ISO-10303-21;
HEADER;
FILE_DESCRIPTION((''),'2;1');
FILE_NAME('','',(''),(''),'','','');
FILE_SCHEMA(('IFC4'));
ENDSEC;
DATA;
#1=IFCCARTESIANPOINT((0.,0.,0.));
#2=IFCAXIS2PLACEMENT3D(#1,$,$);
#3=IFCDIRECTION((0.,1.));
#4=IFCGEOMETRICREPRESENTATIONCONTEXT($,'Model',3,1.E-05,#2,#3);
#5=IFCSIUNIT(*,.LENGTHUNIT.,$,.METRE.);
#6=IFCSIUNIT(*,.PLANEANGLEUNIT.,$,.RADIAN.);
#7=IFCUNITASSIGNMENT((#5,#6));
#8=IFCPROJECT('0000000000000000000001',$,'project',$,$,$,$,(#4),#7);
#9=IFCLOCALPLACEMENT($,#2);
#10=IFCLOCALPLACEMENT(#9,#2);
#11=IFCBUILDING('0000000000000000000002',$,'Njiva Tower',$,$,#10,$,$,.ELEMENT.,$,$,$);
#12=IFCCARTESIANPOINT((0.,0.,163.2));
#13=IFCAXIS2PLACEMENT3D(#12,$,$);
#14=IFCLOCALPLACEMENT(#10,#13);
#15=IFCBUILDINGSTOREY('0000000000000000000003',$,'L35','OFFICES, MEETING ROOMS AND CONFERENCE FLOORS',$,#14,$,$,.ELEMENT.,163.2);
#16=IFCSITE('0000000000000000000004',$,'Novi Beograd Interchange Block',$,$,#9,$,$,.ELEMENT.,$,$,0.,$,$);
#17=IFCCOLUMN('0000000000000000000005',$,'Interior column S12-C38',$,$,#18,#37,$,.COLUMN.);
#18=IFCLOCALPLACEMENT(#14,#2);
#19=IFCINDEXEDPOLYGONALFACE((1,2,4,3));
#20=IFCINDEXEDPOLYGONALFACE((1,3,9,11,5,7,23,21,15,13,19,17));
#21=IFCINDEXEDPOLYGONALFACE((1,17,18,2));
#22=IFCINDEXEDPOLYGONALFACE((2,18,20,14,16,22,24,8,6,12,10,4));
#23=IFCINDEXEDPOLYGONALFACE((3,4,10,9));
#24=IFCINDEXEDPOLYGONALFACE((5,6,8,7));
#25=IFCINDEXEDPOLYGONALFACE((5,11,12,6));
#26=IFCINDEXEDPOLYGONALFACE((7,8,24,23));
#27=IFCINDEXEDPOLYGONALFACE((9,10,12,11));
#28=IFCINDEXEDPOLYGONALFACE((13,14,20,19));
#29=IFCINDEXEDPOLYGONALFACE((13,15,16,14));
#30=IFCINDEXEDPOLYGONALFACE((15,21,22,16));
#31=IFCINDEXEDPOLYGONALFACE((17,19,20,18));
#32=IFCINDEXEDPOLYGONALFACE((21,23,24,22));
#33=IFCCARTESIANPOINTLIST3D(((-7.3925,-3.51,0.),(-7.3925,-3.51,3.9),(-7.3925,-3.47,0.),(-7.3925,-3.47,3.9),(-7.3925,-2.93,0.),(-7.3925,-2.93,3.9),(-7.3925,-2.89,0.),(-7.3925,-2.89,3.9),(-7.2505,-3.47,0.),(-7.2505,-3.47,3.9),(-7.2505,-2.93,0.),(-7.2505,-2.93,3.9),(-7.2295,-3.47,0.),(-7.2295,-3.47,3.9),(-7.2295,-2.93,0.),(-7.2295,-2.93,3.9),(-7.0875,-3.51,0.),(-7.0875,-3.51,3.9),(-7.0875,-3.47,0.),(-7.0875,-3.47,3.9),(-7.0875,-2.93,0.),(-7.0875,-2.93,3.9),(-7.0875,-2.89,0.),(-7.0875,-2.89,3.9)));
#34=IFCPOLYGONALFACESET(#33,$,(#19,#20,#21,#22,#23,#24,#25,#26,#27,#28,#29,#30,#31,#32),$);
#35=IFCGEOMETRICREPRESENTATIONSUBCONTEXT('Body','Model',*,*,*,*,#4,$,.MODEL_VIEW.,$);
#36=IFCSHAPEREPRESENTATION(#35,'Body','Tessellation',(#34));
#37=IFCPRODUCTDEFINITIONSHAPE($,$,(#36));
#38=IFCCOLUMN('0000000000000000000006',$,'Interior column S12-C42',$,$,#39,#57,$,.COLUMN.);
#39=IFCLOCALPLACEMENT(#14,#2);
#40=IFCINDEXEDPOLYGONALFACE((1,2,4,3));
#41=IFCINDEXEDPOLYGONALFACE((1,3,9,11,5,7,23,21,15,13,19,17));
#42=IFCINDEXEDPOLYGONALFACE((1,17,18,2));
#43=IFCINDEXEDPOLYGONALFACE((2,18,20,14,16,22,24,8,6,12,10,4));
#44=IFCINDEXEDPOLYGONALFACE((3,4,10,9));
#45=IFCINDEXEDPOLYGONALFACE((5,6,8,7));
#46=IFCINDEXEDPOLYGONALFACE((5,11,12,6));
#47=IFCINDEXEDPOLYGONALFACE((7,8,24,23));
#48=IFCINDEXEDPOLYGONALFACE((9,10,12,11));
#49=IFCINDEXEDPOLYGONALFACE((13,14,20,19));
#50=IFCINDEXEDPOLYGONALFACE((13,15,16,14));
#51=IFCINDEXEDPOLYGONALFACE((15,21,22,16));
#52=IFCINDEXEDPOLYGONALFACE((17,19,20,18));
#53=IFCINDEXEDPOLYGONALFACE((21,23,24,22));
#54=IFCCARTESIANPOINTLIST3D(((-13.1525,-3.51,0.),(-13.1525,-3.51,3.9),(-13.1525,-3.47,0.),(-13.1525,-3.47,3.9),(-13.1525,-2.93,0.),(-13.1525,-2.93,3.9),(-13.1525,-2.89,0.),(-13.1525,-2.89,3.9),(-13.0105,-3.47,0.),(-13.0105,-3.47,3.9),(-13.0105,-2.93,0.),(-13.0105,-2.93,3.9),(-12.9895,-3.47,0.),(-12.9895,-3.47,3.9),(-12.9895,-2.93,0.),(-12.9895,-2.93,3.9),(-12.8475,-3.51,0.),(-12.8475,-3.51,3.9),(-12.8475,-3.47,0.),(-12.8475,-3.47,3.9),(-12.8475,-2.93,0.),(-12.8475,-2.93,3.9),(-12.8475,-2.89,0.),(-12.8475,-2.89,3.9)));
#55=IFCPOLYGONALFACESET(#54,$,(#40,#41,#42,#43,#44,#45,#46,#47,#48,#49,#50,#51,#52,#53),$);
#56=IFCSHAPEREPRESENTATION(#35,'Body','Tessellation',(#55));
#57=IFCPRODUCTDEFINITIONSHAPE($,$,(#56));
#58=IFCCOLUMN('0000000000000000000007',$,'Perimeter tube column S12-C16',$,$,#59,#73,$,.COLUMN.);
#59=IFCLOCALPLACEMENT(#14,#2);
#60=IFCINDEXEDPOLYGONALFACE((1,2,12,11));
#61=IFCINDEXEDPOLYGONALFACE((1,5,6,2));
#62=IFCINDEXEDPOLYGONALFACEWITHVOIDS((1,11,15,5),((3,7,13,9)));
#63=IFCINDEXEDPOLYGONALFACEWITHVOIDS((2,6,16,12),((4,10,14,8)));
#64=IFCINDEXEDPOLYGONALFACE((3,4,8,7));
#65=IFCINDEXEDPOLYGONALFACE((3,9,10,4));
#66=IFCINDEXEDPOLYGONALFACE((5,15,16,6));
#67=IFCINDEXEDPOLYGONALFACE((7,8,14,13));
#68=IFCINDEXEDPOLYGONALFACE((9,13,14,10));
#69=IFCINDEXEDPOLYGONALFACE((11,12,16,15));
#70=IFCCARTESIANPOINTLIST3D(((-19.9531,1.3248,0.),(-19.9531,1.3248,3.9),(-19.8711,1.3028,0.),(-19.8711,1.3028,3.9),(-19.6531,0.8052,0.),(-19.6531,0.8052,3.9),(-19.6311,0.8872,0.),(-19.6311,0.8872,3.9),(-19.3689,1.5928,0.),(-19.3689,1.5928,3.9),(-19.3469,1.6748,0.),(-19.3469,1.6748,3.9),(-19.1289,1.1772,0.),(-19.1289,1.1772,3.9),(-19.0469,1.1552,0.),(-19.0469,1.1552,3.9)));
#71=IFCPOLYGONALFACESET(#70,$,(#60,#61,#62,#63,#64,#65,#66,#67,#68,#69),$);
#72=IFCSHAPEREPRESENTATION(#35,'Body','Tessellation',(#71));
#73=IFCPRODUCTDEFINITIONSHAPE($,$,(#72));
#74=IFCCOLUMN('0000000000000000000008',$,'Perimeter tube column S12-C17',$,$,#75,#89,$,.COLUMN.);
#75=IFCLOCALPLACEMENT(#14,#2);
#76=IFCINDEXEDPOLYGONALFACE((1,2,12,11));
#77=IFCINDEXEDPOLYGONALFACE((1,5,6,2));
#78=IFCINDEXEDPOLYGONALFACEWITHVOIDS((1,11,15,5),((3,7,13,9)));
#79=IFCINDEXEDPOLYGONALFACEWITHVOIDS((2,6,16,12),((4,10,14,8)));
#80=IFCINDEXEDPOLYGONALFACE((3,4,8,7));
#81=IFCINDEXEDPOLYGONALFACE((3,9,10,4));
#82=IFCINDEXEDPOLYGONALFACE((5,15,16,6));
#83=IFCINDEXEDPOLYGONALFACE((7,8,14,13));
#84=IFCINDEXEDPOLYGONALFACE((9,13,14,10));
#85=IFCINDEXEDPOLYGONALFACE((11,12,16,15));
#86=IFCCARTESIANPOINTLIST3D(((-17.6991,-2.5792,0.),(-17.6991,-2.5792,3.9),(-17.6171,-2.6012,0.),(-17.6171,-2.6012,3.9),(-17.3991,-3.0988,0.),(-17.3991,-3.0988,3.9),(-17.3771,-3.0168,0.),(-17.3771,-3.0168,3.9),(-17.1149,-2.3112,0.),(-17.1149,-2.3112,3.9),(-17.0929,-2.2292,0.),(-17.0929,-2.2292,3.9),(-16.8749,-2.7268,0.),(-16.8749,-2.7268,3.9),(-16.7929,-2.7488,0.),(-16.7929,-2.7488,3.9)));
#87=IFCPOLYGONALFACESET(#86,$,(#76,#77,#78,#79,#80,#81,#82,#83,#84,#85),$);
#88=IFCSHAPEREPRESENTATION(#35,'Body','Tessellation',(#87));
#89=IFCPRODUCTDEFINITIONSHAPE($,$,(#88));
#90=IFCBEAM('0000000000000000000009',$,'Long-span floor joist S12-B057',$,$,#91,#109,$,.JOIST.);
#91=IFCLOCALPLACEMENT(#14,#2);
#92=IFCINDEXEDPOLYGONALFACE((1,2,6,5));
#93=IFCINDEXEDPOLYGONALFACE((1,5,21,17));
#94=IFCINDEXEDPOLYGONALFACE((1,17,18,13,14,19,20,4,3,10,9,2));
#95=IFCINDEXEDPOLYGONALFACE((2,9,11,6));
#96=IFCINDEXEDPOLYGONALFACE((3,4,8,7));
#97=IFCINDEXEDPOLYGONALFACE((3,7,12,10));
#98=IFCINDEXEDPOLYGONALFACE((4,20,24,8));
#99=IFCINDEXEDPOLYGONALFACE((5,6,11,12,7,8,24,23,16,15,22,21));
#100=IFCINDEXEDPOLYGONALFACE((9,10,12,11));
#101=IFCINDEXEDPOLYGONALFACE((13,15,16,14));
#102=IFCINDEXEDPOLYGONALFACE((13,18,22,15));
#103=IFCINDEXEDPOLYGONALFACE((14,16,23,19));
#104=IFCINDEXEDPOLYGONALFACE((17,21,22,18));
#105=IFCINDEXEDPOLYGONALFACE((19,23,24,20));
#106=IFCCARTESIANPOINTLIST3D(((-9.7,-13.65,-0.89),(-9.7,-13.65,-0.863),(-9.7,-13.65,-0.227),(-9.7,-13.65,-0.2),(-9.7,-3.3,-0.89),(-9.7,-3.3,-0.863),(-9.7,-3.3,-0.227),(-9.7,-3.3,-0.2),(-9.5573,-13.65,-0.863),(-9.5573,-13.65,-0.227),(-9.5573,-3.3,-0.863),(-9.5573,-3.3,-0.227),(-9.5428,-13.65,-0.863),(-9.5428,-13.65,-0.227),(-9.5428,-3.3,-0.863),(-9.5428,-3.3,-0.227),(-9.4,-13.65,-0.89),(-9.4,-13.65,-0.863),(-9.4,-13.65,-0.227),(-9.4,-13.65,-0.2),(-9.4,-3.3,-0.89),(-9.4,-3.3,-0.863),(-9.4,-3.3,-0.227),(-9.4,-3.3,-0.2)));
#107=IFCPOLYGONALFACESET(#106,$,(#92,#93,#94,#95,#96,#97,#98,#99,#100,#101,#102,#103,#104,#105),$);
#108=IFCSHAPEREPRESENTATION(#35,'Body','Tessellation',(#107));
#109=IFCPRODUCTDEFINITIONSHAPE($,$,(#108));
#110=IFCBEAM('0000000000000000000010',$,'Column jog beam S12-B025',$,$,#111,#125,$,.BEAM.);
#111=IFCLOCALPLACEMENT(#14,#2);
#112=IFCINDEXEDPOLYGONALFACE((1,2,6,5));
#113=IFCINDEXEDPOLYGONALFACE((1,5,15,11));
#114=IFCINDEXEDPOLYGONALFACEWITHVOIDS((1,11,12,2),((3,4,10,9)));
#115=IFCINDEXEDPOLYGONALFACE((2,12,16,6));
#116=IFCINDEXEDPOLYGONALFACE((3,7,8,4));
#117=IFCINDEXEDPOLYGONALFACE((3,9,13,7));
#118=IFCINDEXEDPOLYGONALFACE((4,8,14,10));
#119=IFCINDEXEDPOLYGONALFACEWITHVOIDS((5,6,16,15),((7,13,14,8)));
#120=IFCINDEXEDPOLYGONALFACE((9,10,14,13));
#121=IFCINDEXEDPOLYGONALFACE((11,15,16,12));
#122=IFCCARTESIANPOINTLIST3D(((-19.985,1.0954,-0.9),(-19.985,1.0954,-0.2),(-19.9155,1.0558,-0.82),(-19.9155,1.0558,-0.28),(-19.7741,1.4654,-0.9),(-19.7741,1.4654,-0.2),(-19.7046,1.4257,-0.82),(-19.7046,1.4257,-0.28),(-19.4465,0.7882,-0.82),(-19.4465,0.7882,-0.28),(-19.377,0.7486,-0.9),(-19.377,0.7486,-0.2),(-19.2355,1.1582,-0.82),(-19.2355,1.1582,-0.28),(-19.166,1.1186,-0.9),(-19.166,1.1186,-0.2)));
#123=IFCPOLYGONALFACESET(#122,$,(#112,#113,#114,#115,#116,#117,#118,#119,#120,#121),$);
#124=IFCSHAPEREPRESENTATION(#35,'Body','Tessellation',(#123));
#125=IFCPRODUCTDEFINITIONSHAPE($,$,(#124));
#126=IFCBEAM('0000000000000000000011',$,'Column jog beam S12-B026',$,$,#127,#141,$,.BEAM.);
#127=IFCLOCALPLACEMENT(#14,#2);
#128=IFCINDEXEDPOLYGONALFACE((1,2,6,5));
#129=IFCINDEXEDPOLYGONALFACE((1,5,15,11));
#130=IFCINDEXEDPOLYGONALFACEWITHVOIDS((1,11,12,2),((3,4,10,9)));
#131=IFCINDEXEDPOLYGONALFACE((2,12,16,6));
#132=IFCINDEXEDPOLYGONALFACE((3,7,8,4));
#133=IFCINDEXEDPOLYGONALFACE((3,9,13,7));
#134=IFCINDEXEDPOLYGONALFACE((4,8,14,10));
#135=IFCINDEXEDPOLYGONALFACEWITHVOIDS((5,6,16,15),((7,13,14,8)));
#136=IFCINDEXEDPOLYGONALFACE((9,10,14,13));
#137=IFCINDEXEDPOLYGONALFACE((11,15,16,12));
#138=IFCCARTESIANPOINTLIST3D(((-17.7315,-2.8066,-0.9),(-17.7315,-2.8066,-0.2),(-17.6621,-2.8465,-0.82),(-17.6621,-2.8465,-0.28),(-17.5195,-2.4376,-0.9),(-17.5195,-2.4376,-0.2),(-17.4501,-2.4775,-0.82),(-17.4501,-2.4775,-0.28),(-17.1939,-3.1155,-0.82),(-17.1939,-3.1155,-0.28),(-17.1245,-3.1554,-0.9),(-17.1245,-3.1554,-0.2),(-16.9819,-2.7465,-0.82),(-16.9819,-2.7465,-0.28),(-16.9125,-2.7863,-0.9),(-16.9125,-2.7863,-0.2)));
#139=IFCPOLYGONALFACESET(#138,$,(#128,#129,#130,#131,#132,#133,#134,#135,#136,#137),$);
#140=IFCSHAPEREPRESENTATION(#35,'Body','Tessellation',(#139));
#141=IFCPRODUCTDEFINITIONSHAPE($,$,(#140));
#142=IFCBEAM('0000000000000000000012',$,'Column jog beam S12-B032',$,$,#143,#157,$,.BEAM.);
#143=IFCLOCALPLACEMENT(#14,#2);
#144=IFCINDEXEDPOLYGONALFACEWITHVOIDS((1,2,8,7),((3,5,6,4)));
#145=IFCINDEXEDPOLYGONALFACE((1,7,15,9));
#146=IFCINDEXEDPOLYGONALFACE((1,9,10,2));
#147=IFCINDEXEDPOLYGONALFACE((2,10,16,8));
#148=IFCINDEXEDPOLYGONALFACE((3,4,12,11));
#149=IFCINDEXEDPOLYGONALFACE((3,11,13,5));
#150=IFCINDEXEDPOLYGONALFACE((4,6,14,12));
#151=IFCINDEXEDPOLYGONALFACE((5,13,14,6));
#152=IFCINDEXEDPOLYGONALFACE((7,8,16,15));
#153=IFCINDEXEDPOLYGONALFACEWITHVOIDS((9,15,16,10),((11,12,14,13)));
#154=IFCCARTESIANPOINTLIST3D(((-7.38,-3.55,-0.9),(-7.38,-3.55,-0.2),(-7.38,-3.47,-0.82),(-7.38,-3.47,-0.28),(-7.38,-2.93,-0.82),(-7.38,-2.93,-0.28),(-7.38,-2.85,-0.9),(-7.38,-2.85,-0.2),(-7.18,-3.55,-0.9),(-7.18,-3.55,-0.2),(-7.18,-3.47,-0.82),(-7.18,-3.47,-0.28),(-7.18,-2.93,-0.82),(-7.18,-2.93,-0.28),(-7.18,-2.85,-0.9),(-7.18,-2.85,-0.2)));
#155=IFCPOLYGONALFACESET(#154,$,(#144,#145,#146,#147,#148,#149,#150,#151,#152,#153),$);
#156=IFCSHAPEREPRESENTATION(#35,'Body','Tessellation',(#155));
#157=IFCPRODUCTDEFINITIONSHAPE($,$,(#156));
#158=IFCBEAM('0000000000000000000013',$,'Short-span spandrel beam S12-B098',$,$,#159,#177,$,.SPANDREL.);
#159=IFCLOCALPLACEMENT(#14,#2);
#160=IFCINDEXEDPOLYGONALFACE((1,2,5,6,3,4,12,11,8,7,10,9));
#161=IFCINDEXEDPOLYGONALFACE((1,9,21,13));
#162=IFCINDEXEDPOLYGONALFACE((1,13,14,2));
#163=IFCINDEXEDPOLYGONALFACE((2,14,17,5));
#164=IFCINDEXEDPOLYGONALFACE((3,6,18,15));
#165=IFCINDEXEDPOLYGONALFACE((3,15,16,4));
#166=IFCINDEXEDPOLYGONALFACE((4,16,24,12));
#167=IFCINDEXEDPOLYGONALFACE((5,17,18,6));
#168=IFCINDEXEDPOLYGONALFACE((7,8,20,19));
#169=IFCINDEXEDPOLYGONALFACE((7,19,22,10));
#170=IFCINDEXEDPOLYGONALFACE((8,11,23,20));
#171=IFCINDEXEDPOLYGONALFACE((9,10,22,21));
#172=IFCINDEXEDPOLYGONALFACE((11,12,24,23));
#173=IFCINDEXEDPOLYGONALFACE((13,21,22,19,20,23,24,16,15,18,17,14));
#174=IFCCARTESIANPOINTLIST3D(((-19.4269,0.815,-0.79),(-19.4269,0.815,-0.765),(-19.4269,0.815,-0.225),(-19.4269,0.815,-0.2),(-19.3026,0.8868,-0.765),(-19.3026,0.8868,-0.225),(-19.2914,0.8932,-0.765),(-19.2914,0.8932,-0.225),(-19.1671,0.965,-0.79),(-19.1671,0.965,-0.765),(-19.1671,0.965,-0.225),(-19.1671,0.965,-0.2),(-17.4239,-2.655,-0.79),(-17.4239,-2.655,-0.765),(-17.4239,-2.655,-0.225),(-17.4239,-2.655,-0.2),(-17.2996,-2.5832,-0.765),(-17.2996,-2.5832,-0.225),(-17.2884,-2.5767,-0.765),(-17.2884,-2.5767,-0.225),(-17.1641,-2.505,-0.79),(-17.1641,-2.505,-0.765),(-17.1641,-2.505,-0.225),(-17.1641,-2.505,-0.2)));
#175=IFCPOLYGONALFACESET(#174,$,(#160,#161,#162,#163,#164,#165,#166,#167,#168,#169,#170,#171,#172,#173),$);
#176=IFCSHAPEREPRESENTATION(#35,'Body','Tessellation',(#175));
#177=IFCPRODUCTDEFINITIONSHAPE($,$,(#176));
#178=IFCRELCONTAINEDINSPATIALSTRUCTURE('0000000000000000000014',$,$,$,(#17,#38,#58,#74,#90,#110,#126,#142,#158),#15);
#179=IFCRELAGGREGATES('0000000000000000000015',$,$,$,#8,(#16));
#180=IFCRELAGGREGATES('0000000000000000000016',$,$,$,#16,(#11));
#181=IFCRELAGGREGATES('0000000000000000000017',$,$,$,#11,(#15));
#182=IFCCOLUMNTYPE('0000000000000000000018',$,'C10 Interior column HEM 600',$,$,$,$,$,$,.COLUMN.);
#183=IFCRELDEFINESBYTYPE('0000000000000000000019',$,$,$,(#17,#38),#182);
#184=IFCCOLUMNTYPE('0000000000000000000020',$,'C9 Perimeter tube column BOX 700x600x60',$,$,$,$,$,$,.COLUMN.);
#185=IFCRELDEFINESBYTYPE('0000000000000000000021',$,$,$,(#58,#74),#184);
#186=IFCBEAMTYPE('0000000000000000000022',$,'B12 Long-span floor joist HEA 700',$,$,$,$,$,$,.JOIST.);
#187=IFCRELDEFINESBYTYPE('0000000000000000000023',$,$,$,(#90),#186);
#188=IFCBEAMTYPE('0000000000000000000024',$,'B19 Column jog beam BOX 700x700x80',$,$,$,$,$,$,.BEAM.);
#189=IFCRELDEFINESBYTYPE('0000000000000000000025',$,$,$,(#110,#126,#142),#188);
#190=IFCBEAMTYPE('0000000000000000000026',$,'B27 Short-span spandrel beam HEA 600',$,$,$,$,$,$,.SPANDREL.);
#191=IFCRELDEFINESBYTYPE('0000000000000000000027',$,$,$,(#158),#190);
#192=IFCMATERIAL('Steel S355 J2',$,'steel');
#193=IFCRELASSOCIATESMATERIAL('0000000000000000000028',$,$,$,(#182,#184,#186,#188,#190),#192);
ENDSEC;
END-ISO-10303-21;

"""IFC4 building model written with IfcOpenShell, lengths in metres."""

from ifc_helpers import new_model, si_unit, direction, frame, origin, origin_2d, place, context, subcontext, project, spatial, hollow_rectangle, i_section, extrude, material, material_profile, profile_set, type_object, element, save


model = new_model("IFC4")

# Units and contexts
model_context = context("Model", 3, precision=1e-05, world=origin(), true_north=direction((0.0, 1.0)))
body_context = subcontext(model_context, "Body", "Model", "MODEL_VIEW")
ifc_project = project(units=[si_unit("LENGTHUNIT", "METRE"), si_unit("PLANEANGLEUNIT", "RADIAN")], contexts=[model_context])

# Site, building, storey
site_placement = place(None, origin())
site = spatial("IfcSite", under=ifc_project, at=site_placement, Name="Novi Beograd Interchange Block", CompositionType="ELEMENT", RefElevation=0.0)
building_placement = place(site_placement, origin())
building = spatial("IfcBuilding", under=site, at=building_placement, Name="Njiva Tower", CompositionType="ELEMENT")
storey_placement = place(building_placement, frame((0.0, 0.0, 163.2)))
storey = spatial("IfcBuildingStorey", under=building, at=storey_placement, Name="L35", Description="OFFICES, MEETING ROOMS AND CONFERENCE FLOORS", CompositionType="ELEMENT", Elevation=163.2)

# Columns
ifc_material_1 = material(Name="Steel S355 J2", Category="steel")
ifc_material_profile_1 = material_profile(ifc_material_1, i_section(OverallWidth=0.305, OverallDepth=0.62, WebThickness=0.021, FlangeThickness=0.04, at=origin_2d()), Name="HEM 600")
ifc_profile_set_1 = profile_set([ifc_material_profile_1], Name="Steel S355 J2")
column_type_1 = type_object("IfcColumnType", Name="C10 Interior column HEM 600", PredefinedType="COLUMN", material=ifc_profile_set_1)
for number, where, z_axis, x_axis, name in (
    (1, (-7.24, -3.2, 0.0), (0.0, 0.0, 1.0), (1.0, 0.0, 0.0), "Interior column S12-C38"),
    (2, (-13.0, -3.2, 0.0), (0.0, 0.0, 1.0), (1.0, 0.0, 0.0), "Interior column S12-C42"),
):
    element("IfcColumn", number, at=place(storey_placement, frame(where, z_axis=z_axis, x_axis=x_axis)), inside=storey, type_object=column_type_1, Name=name, PredefinedType="COLUMN", context=body_context, shape_type="SweptSolid", body=[
        extrude(i_section(OverallWidth=0.305, OverallDepth=0.62, WebThickness=0.021, FlangeThickness=0.04, at=origin_2d()), origin(), (0.0, 0.0, 1.0), 3.9),
    ])
ifc_material_profile_2 = material_profile(ifc_material_1, hollow_rectangle(XDim=0.6, YDim=0.7, WallThickness=0.06, at=origin_2d()), Name="BOX 700x600x60")
ifc_profile_set_2 = profile_set([ifc_material_profile_2], Name="Steel S355 J2")
column_type_2 = type_object("IfcColumnType", Name="C9 Perimeter tube column BOX 700x600x60", PredefinedType="COLUMN", material=ifc_profile_set_2)
for number, where, z_axis, x_axis, name in (
    (3, (-19.5, 1.24, 0.0), (0.0, 0.0, 1.0), (0.5, -0.866025, 0.0), "Perimeter tube column S12-C16"),
    (4, (-17.246, -2.664, 0.0), (0.0, 0.0, 1.0), (0.5, -0.866025, 0.0), "Perimeter tube column S12-C17"),
):
    element("IfcColumn", number, at=place(storey_placement, frame(where, z_axis=z_axis, x_axis=x_axis)), inside=storey, type_object=column_type_2, Name=name, PredefinedType="COLUMN", context=body_context, shape_type="SweptSolid", body=[
        extrude(hollow_rectangle(XDim=0.6, YDim=0.7, WallThickness=0.06, at=origin_2d()), origin(), (0.0, 0.0, 1.0), 3.9),
    ])

# Beams
ifc_material_profile_3 = material_profile(ifc_material_1, i_section(OverallWidth=0.3, OverallDepth=0.69, WebThickness=0.0145, FlangeThickness=0.027, at=origin_2d()), Name="HEA 700")
ifc_profile_set_3 = profile_set([ifc_material_profile_3], Name="Steel S355 J2")
beam_type_1 = type_object("IfcBeamType", Name="B12 Long-span floor joist HEA 700", PredefinedType="JOIST", material=ifc_profile_set_3)
beam_1_placement = place(storey_placement, frame((-9.55, -3.3, -0.545), z_axis=(0.0, -1.0, 0.0), x_axis=(1.0, 0.0, 0.0)))
element("IfcBeam", 5, at=beam_1_placement, inside=storey, type_object=beam_type_1, Name="Long-span floor joist S12-B057", PredefinedType="JOIST", context=body_context, shape_type="SweptSolid", body=[
    extrude(i_section(OverallWidth=0.3, OverallDepth=0.69, WebThickness=0.0145, FlangeThickness=0.027, at=origin_2d()), origin(), (0.0, 0.0, 1.0), 10.35),
])
ifc_material_profile_4 = material_profile(ifc_material_1, hollow_rectangle(XDim=0.7, YDim=0.7, WallThickness=0.08, at=origin_2d()), Name="BOX 700x700x80")
ifc_profile_set_4 = profile_set([ifc_material_profile_4], Name="Steel S355 J2")
beam_type_2 = type_object("IfcBeamType", Name="B19 Column jog beam BOX 700x700x80", PredefinedType="BEAM", material=ifc_profile_set_4)
beam_2_placement = place(storey_placement, frame((-19.681, 0.922, -0.55), z_axis=(0.49538, 0.868676, 0.0), x_axis=(-0.868676, 0.49538, 0.0)))
element("IfcBeam", 6, at=beam_2_placement, inside=storey, type_object=beam_type_2, Name="Column jog beam S12-B025", PredefinedType="BEAM", context=body_context, shape_type="SweptSolid", body=[
    extrude(hollow_rectangle(XDim=0.7, YDim=0.7, WallThickness=0.08, at=origin_2d()), origin(), (0.0, 0.0, 1.0), 0.4259),
])
beam_3_placement = place(storey_placement, frame((-17.428, -2.981, -0.55), z_axis=(0.498162, 0.867084, 0.0), x_axis=(-0.867084, 0.498162, 0.0)))
element("IfcBeam", 7, at=beam_3_placement, inside=storey, type_object=beam_type_2, Name="Column jog beam S12-B026", PredefinedType="BEAM", context=body_context, shape_type="SweptSolid", body=[
    extrude(hollow_rectangle(XDim=0.7, YDim=0.7, WallThickness=0.08, at=origin_2d()), origin(), (0.0, 0.0, 1.0), 0.4256),
])
beam_4_placement = place(storey_placement, frame((-7.38, -3.2, -0.55), z_axis=(1.0, 0.0, 0.0), x_axis=(0.0, 1.0, 0.0)))
element("IfcBeam", 8, at=beam_4_placement, inside=storey, type_object=beam_type_2, Name="Column jog beam S12-B032", PredefinedType="BEAM", context=body_context, shape_type="SweptSolid", body=[
    extrude(hollow_rectangle(XDim=0.7, YDim=0.7, WallThickness=0.08, at=origin_2d()), origin(), (0.0, 0.0, 1.0), 0.2),
])
ifc_material_profile_5 = material_profile(ifc_material_1, i_section(OverallWidth=0.3, OverallDepth=0.59, WebThickness=0.013, FlangeThickness=0.025, at=origin_2d()), Name="HEA 600")
ifc_profile_set_5 = profile_set([ifc_material_profile_5], Name="Steel S355 J2")
beam_type_3 = type_object("IfcBeamType", Name="B27 Short-span spandrel beam HEA 600", PredefinedType="SPANDREL", material=ifc_profile_set_5)
beam_5_placement = place(storey_placement, frame((-19.297, 0.89, -0.495), z_axis=(0.499924, -0.866069, 0.0), x_axis=(0.866069, 0.499924, 0.0)))
element("IfcBeam", 9, at=beam_5_placement, inside=storey, type_object=beam_type_3, Name="Short-span spandrel beam S12-B098", PredefinedType="SPANDREL", context=body_context, shape_type="SweptSolid", body=[
    extrude(i_section(OverallWidth=0.3, OverallDepth=0.59, WebThickness=0.013, FlangeThickness=0.025, at=origin_2d()), origin(), (0.0, 0.0, 1.0), 4.0066),
])

save(model, "model.ifc")
